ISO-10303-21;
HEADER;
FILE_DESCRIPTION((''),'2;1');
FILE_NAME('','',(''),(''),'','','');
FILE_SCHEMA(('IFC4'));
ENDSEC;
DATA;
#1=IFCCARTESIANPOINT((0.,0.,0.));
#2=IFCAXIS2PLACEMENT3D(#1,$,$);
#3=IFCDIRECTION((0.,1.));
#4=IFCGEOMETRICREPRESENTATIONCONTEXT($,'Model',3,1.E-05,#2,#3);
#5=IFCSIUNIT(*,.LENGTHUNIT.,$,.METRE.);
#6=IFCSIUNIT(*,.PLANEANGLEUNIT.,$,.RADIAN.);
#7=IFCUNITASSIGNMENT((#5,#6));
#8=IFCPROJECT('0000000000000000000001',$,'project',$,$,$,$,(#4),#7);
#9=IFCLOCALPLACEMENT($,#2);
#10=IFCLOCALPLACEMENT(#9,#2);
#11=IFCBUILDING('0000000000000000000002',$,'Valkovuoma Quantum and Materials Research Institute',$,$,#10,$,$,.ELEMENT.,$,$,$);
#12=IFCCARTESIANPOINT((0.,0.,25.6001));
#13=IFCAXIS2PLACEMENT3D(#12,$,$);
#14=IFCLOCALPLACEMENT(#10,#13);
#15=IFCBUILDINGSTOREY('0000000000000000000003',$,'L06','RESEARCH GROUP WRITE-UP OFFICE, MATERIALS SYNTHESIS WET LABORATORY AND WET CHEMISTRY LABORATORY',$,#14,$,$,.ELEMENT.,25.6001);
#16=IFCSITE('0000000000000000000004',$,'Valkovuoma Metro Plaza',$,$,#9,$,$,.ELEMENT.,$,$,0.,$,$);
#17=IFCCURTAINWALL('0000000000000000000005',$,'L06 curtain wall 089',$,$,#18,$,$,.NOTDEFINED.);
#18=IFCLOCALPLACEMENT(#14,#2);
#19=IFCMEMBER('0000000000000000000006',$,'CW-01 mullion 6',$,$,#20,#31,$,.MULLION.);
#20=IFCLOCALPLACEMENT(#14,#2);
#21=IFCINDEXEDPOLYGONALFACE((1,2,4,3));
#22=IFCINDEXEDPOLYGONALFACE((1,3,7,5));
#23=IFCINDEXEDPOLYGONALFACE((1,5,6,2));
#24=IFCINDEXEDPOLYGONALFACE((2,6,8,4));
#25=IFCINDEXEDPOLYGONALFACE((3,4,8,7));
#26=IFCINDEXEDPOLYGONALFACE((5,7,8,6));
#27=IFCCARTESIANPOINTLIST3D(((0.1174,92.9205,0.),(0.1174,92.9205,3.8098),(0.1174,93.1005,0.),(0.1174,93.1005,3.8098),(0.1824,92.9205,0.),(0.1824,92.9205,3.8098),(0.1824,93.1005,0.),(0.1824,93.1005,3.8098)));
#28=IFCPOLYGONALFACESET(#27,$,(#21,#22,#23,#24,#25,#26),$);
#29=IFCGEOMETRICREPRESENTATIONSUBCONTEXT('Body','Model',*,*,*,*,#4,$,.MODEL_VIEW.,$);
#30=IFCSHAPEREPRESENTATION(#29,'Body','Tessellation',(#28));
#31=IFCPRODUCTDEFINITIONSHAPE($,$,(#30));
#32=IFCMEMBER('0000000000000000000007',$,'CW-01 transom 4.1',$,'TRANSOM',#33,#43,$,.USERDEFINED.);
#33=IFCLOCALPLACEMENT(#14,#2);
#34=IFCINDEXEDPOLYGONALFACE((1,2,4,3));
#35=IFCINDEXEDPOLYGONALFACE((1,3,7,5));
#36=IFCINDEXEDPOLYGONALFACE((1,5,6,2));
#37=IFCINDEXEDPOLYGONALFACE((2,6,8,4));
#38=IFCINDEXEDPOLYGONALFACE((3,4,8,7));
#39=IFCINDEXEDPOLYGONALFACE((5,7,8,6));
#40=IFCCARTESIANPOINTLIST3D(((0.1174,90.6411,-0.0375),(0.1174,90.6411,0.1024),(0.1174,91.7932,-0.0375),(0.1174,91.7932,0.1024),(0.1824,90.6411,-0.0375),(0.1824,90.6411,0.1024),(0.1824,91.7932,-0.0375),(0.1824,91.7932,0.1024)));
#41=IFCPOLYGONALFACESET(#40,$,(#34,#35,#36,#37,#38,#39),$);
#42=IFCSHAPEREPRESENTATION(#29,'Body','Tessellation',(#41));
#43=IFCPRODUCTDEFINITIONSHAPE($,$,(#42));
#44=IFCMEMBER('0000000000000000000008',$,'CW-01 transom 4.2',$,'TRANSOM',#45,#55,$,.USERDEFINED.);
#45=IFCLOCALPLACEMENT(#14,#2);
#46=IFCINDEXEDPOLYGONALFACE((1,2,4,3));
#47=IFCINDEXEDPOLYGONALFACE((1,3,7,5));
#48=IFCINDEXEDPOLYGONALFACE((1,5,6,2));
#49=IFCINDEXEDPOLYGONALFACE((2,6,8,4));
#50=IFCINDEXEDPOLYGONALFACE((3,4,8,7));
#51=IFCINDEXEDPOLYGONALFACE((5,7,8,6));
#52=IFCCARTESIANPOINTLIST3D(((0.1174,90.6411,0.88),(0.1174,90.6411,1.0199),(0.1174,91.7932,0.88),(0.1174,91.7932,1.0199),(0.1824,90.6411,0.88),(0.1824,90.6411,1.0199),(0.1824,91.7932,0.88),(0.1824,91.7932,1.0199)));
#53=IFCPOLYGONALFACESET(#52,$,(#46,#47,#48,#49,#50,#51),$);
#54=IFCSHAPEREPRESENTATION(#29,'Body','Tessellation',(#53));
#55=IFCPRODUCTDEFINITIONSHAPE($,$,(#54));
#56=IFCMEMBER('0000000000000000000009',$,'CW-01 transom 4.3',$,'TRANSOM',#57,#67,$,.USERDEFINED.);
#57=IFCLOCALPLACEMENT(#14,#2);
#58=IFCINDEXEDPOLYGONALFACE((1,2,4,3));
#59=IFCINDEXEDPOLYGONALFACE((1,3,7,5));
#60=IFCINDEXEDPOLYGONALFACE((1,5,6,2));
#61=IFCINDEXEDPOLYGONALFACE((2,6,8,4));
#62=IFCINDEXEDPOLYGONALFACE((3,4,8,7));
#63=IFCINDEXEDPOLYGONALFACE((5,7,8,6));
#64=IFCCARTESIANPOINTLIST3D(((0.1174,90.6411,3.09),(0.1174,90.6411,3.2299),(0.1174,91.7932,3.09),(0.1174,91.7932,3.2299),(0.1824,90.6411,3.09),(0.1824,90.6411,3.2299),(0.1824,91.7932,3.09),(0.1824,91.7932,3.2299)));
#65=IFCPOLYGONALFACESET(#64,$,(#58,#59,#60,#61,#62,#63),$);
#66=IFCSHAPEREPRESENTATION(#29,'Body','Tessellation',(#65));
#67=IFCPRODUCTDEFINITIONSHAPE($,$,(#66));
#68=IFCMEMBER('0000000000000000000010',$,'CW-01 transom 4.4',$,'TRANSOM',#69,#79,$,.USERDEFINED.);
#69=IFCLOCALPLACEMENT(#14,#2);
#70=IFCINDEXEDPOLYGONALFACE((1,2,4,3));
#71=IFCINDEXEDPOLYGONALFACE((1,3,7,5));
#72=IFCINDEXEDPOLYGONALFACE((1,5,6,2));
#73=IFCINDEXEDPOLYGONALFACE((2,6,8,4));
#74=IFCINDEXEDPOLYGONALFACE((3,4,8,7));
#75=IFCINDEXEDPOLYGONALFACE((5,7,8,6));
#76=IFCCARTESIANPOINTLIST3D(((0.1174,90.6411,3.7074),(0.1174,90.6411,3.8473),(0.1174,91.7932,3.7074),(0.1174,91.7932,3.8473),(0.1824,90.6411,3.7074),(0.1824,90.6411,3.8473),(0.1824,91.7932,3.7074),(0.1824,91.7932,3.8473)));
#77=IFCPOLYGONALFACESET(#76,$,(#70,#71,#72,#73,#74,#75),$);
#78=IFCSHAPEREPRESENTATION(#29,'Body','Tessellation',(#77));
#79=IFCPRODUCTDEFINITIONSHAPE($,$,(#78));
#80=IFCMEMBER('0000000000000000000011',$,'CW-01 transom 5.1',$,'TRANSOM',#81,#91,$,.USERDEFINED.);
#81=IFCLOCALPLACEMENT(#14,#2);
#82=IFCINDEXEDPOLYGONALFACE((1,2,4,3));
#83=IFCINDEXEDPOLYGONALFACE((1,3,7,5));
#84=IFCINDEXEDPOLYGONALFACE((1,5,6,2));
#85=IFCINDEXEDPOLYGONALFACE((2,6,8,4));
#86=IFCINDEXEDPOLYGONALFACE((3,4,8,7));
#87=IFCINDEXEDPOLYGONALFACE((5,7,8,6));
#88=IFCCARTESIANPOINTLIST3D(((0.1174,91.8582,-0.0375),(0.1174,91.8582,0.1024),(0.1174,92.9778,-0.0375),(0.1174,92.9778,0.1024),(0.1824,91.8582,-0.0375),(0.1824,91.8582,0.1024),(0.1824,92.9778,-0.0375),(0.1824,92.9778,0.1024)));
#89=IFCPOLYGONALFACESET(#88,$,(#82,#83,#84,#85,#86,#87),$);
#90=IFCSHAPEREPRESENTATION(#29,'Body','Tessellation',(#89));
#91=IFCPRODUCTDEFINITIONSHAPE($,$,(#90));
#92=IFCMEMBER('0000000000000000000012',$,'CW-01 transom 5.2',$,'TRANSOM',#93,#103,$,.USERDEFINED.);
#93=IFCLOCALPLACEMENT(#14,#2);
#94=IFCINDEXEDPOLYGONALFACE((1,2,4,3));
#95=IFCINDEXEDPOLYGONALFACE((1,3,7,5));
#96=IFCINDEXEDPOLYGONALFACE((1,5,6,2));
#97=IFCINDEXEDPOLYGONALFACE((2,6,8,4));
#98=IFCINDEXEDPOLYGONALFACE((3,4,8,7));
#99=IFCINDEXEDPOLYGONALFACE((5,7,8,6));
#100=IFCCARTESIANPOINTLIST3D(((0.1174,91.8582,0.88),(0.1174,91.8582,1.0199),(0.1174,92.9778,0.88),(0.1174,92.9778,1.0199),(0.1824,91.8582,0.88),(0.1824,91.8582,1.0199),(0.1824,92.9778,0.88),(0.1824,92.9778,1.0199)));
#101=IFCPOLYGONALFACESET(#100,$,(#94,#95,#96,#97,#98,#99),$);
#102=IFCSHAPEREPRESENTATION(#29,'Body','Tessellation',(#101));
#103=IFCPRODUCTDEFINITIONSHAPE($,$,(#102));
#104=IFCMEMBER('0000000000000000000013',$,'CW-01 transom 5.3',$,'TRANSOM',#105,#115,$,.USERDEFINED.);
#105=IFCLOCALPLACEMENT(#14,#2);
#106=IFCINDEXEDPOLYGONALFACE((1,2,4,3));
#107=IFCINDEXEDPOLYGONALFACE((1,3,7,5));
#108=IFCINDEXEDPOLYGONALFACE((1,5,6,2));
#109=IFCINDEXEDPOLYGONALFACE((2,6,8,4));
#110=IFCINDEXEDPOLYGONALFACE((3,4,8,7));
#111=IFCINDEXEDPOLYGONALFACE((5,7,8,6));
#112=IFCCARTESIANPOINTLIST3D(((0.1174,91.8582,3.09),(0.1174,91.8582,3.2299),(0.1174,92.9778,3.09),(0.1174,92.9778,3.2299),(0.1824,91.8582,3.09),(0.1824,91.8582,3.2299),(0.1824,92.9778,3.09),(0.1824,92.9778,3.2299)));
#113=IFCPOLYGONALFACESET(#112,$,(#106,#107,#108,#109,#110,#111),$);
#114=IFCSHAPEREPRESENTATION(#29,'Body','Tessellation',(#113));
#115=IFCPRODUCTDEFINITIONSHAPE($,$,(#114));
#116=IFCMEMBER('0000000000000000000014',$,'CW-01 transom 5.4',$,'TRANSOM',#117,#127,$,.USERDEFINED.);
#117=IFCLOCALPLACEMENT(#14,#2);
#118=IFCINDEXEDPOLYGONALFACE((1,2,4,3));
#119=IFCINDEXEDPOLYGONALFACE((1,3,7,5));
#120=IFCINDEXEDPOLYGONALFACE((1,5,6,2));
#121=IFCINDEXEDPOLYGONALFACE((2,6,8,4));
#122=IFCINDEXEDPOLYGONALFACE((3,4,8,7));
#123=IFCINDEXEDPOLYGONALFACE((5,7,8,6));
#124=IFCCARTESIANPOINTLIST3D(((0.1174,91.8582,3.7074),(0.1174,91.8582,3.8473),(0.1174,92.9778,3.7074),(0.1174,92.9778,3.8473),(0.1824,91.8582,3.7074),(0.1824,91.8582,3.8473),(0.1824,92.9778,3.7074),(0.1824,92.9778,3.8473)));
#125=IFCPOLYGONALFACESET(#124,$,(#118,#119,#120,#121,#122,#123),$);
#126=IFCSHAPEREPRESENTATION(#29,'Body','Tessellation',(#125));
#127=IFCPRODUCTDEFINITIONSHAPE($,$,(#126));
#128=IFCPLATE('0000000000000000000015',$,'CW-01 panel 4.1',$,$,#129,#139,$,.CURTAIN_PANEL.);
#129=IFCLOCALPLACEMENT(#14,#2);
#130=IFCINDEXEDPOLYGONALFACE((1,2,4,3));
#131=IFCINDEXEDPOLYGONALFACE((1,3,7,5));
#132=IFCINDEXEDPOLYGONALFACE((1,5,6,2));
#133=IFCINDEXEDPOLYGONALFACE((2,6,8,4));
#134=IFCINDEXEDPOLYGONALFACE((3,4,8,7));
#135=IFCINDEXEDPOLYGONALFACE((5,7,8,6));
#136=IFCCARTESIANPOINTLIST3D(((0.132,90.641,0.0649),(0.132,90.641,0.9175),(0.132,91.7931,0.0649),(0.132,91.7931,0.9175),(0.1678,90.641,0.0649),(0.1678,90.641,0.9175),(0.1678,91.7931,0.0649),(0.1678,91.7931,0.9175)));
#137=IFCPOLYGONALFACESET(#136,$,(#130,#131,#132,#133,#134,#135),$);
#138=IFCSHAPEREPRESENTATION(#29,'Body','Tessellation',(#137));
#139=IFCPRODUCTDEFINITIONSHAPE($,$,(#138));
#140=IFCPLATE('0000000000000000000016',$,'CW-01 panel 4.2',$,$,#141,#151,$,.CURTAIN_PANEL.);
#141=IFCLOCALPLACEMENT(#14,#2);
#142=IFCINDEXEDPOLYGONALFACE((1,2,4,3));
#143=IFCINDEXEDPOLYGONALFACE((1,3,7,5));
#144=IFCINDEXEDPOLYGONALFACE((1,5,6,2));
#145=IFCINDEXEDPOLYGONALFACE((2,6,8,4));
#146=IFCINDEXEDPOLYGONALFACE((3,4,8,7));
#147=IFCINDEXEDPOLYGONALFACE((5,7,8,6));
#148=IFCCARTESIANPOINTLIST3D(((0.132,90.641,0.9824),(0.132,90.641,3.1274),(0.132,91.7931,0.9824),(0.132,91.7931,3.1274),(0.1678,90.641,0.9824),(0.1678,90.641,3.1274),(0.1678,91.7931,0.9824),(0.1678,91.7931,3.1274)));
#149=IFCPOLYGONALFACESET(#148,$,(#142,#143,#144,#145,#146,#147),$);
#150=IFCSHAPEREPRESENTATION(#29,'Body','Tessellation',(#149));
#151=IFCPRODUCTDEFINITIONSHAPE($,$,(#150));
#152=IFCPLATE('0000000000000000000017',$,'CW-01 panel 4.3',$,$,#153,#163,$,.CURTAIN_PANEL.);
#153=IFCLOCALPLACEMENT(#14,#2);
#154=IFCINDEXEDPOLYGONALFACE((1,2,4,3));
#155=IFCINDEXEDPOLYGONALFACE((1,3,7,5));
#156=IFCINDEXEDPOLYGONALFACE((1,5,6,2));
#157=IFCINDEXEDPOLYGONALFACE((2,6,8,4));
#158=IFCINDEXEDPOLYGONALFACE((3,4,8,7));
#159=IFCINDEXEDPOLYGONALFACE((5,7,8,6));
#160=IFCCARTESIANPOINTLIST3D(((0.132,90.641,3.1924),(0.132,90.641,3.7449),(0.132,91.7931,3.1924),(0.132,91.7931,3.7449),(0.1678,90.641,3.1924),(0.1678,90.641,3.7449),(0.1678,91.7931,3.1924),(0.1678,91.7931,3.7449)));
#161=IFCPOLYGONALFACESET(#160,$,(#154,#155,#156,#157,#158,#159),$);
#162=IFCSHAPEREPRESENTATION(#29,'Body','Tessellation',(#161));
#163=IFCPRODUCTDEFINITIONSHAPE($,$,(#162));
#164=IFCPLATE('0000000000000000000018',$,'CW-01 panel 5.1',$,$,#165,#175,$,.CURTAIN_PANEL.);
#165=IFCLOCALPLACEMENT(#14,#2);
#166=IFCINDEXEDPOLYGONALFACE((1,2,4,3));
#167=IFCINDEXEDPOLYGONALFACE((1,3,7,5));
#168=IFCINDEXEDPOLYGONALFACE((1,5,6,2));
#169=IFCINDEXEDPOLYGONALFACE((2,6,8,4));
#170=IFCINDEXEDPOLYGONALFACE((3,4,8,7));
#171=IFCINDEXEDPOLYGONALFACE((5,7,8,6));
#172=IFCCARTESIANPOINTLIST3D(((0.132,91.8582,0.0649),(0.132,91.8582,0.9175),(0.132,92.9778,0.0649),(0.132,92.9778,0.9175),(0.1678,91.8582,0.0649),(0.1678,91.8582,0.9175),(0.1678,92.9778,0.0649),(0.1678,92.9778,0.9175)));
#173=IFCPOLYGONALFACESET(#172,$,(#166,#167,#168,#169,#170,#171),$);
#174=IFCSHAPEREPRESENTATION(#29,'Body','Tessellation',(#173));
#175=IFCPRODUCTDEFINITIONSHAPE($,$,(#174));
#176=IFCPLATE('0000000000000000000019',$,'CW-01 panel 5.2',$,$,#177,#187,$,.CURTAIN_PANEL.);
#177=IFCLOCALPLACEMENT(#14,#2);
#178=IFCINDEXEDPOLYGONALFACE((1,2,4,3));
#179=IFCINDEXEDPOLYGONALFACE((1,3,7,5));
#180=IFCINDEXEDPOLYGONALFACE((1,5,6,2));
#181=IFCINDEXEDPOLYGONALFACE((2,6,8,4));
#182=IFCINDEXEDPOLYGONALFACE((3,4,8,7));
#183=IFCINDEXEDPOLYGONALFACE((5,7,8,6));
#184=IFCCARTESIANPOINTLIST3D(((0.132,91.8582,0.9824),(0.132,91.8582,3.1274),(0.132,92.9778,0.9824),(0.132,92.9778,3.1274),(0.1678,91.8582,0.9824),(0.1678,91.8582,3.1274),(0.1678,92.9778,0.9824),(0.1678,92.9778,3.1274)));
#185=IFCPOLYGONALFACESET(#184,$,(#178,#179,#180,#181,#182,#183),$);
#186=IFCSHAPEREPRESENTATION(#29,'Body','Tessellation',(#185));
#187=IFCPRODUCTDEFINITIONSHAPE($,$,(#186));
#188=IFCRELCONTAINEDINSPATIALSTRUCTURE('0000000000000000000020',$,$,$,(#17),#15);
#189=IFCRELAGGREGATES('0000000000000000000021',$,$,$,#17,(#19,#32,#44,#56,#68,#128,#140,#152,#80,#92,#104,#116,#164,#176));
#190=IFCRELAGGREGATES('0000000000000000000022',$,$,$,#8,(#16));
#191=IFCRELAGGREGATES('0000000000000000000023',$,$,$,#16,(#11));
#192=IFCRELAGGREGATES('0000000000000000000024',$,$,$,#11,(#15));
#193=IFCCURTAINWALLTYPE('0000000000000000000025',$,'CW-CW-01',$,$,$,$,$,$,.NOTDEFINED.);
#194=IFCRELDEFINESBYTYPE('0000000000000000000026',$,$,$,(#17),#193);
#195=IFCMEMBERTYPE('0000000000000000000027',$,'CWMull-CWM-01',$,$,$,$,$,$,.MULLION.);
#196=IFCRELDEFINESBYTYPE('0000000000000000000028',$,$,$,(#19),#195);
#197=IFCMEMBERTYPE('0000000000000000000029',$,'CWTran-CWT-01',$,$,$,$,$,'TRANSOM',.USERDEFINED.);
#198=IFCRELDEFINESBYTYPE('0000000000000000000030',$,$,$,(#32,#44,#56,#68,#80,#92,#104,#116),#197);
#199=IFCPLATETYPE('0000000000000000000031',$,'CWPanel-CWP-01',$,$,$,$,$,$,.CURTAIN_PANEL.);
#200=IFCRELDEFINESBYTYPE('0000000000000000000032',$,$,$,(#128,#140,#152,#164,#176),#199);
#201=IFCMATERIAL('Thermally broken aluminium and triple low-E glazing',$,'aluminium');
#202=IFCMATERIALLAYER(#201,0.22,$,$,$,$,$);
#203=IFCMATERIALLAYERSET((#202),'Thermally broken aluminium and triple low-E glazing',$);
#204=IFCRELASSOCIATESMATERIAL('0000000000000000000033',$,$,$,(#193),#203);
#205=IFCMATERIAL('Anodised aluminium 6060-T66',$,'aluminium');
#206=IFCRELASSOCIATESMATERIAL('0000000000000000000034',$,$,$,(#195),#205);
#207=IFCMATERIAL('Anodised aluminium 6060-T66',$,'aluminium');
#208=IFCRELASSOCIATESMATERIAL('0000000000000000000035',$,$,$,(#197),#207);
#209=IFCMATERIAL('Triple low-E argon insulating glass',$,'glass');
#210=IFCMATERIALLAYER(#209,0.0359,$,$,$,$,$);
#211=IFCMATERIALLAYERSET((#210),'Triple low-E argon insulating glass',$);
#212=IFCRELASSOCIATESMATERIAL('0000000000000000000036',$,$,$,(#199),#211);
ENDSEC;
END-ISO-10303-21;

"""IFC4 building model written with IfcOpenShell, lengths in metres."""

from ifc_helpers import new_model, si_unit, direction, frame, origin, origin_2d, place, context, subcontext, project, spatial, rectangle, extrude, material, layer, layer_set, material_profile, profile_set, type_object, element, aggregate, save


model = new_model("IFC4")

# Units and contexts
model_context = context("Model", 3, precision=1e-05, world=origin(), true_north=direction((0.0, 1.0)))
body_context = subcontext(model_context, "Body", "Model", "MODEL_VIEW")
ifc_project = project(units=[si_unit("LENGTHUNIT", "METRE"), si_unit("PLANEANGLEUNIT", "RADIAN")], contexts=[model_context])

# Site, building, storey
site_placement = place(None, origin())
site = spatial("IfcSite", under=ifc_project, at=site_placement, Name="Valkovuoma Metro Plaza", CompositionType="ELEMENT", RefElevation=0.0)
building_placement = place(site_placement, origin())
building = spatial("IfcBuilding", under=site, at=building_placement, Name="Valkovuoma Quantum and Materials Research Institute", CompositionType="ELEMENT")
storey_placement = place(building_placement, frame((0.0, 0.0, 25.6001)))
storey = spatial("IfcBuildingStorey", under=building, at=storey_placement, Name="L06", Description="RESEARCH GROUP WRITE-UP OFFICE, MATERIALS SYNTHESIS WET LABORATORY AND WET CHEMISTRY LABORATORY", CompositionType="ELEMENT", Elevation=25.6001)

# Curtain wall, members, plates
ifc_material_1 = material(Name="Thermally broken aluminium and triple low-E glazing", Category="aluminium")
ifc_layer_1 = layer(ifc_material_1, 0.22)
ifc_layer_set_1 = layer_set([ifc_layer_1], Name="Thermally broken aluminium and triple low-E glazing")
curtain_wall_type = type_object("IfcCurtainWallType", Name="CW-CW-01", PredefinedType="NOTDEFINED", material=ifc_layer_set_1)
curtain_wall_placement = place(storey_placement, origin())
curtain_wall = element("IfcCurtainWall", 1, at=curtain_wall_placement, inside=storey, type_object=curtain_wall_type, Name="L06 curtain wall 089", PredefinedType="NOTDEFINED")
ifc_material_2 = material(Name="Anodised aluminium 6060-T66", Category="aluminium")
ifc_material_profile_1 = material_profile(ifc_material_2, rectangle(XDim=0.0649, YDim=0.1799, at=origin_2d()), Name="Anodised aluminium 6060-T66")
ifc_profile_set_1 = profile_set([ifc_material_profile_1], Name="Anodised aluminium 6060-T66")
member_type_1 = type_object("IfcMemberType", Name="CWMull-CWM-01", PredefinedType="MULLION", material=ifc_profile_set_1)
member_1_placement = place(storey_placement, frame((0.1499, 93.0105, 0.0), z_axis=(0.0, 0.0, 1.0), x_axis=(-1.0, 0.0, 0.0)))
member_1 = element("IfcMember", 2, at=member_1_placement, type_object=member_type_1, Name="CW-01 mullion 6", PredefinedType="MULLION", context=body_context, shape_type="SweptSolid", body=[
    extrude(rectangle(XDim=0.0649, YDim=0.1799, at=origin_2d()), origin(), (0.0, 0.0, 1.0), 3.8098),
])
ifc_material_3 = material(Name="Anodised aluminium 6060-T66", Category="aluminium")
ifc_material_profile_2 = material_profile(ifc_material_3, rectangle(XDim=0.0649, YDim=0.1399, at=origin_2d()), Name="Anodised aluminium 6060-T66")
ifc_profile_set_2 = profile_set([ifc_material_profile_2], Name="Anodised aluminium 6060-T66")
member_type_2 = type_object("IfcMemberType", Name="CWTran-CWT-01", ElementType="TRANSOM", PredefinedType="USERDEFINED", material=ifc_profile_set_2)
member_2_placement = place(storey_placement, frame((0.1499, 90.6411, 0.0325), z_axis=(0.0, 1.0, 0.0), x_axis=(-1.0, 0.0, 0.0)))
member_2 = element("IfcMember", 3, at=member_2_placement, type_object=member_type_2, Name="CW-01 transom 4.1", ObjectType="TRANSOM", PredefinedType="USERDEFINED", context=body_context, shape_type="SweptSolid", body=[
    extrude(rectangle(XDim=0.0649, YDim=0.1399, at=origin_2d()), origin(), (0.0, 0.0, 1.0), 1.1521),
])
member_3_placement = place(storey_placement, frame((0.1499, 90.6411, 0.95), z_axis=(0.0, 1.0, 0.0), x_axis=(-1.0, 0.0, 0.0)))
member_3 = element("IfcMember", 4, at=member_3_placement, type_object=member_type_2, Name="CW-01 transom 4.2", ObjectType="TRANSOM", PredefinedType="USERDEFINED", context=body_context, shape_type="SweptSolid", body=[
    extrude(rectangle(XDim=0.0649, YDim=0.1399, at=origin_2d()), origin(), (0.0, 0.0, 1.0), 1.1521),
])
member_4_placement = place(storey_placement, frame((0.1499, 90.6411, 3.1599), z_axis=(0.0, 1.0, 0.0), x_axis=(-1.0, 0.0, 0.0)))
member_4 = element("IfcMember", 5, at=member_4_placement, type_object=member_type_2, Name="CW-01 transom 4.3", ObjectType="TRANSOM", PredefinedType="USERDEFINED", context=body_context, shape_type="SweptSolid", body=[
    extrude(rectangle(XDim=0.0649, YDim=0.1399, at=origin_2d()), origin(), (0.0, 0.0, 1.0), 1.1521),
])
member_5_placement = place(storey_placement, frame((0.1499, 90.6411, 3.7773), z_axis=(0.0, 1.0, 0.0), x_axis=(-1.0, 0.0, 0.0)))
member_5 = element("IfcMember", 6, at=member_5_placement, type_object=member_type_2, Name="CW-01 transom 4.4", ObjectType="TRANSOM", PredefinedType="USERDEFINED", context=body_context, shape_type="SweptSolid", body=[
    extrude(rectangle(XDim=0.0649, YDim=0.1399, at=origin_2d()), origin(), (0.0, 0.0, 1.0), 1.1521),
])
member_6_placement = place(storey_placement, frame((0.1499, 91.8582, 0.0325), z_axis=(0.0, 1.0, 0.0), x_axis=(-1.0, 0.0, 0.0)))
member_6 = element("IfcMember", 7, at=member_6_placement, type_object=member_type_2, Name="CW-01 transom 5.1", ObjectType="TRANSOM", PredefinedType="USERDEFINED", context=body_context, shape_type="SweptSolid", body=[
    extrude(rectangle(XDim=0.0649, YDim=0.1399, at=origin_2d()), origin(), (0.0, 0.0, 1.0), 1.1196),
])
member_7_placement = place(storey_placement, frame((0.1499, 91.8582, 0.95), z_axis=(0.0, 1.0, 0.0), x_axis=(-1.0, 0.0, 0.0)))
member_7 = element("IfcMember", 8, at=member_7_placement, type_object=member_type_2, Name="CW-01 transom 5.2", ObjectType="TRANSOM", PredefinedType="USERDEFINED", context=body_context, shape_type="SweptSolid", body=[
    extrude(rectangle(XDim=0.0649, YDim=0.1399, at=origin_2d()), origin(), (0.0, 0.0, 1.0), 1.1196),
])
member_8_placement = place(storey_placement, frame((0.1499, 91.8582, 3.1599), z_axis=(0.0, 1.0, 0.0), x_axis=(-1.0, 0.0, 0.0)))
member_8 = element("IfcMember", 9, at=member_8_placement, type_object=member_type_2, Name="CW-01 transom 5.3", ObjectType="TRANSOM", PredefinedType="USERDEFINED", context=body_context, shape_type="SweptSolid", body=[
    extrude(rectangle(XDim=0.0649, YDim=0.1399, at=origin_2d()), origin(), (0.0, 0.0, 1.0), 1.1196),
])
member_9_placement = place(storey_placement, frame((0.1499, 91.8582, 3.7773), z_axis=(0.0, 1.0, 0.0), x_axis=(-1.0, 0.0, 0.0)))
member_9 = element("IfcMember", 10, at=member_9_placement, type_object=member_type_2, Name="CW-01 transom 5.4", ObjectType="TRANSOM", PredefinedType="USERDEFINED", context=body_context, shape_type="SweptSolid", body=[
    extrude(rectangle(XDim=0.0649, YDim=0.1399, at=origin_2d()), origin(), (0.0, 0.0, 1.0), 1.1196),
])
ifc_material_4 = material(Name="Triple low-E argon insulating glass", Category="glass")
ifc_layer_2 = layer(ifc_material_4, 0.0359)
ifc_layer_set_2 = layer_set([ifc_layer_2], Name="Triple low-E argon insulating glass")
plate_type = type_object("IfcPlateType", Name="CWPanel-CWP-01", PredefinedType="CURTAIN_PANEL", material=ifc_layer_set_2)
plate_1_placement = place(storey_placement, frame((0.1499, 91.217, 0.0649), z_axis=(0.0, 0.0, 1.0), x_axis=(0.0, 1.0, 0.0)))
plate_1 = element("IfcPlate", 11, at=plate_1_placement, type_object=plate_type, Name="CW-01 panel 4.1", PredefinedType="CURTAIN_PANEL", context=body_context, shape_type="SweptSolid", body=[
    extrude(rectangle(XDim=1.1521, YDim=0.0359, at=origin_2d()), origin(), (0.0, 0.0, 1.0), 0.8525),
])
plate_2_placement = place(storey_placement, frame((0.1499, 91.217, 0.9824), z_axis=(0.0, 0.0, 1.0), x_axis=(0.0, 1.0, 0.0)))
plate_2 = element("IfcPlate", 12, at=plate_2_placement, type_object=plate_type, Name="CW-01 panel 4.2", PredefinedType="CURTAIN_PANEL", context=body_context, shape_type="SweptSolid", body=[
    extrude(rectangle(XDim=1.1521, YDim=0.0359, at=origin_2d()), origin(), (0.0, 0.0, 1.0), 2.145),
])
plate_3_placement = place(storey_placement, frame((0.1499, 91.217, 3.1924), z_axis=(0.0, 0.0, 1.0), x_axis=(0.0, 1.0, 0.0)))
plate_3 = element("IfcPlate", 13, at=plate_3_placement, type_object=plate_type, Name="CW-01 panel 4.3", PredefinedType="CURTAIN_PANEL", context=body_context, shape_type="SweptSolid", body=[
    extrude(rectangle(XDim=1.1521, YDim=0.0359, at=origin_2d()), origin(), (0.0, 0.0, 1.0), 0.5525),
])
plate_4_placement = place(storey_placement, frame((0.1499, 92.418, 0.0649), z_axis=(0.0, 0.0, 1.0), x_axis=(0.0, 1.0, 0.0)))
plate_4 = element("IfcPlate", 14, at=plate_4_placement, type_object=plate_type, Name="CW-01 panel 5.1", PredefinedType="CURTAIN_PANEL", context=body_context, shape_type="SweptSolid", body=[
    extrude(rectangle(XDim=1.1196, YDim=0.0359, at=origin_2d()), origin(), (0.0, 0.0, 1.0), 0.8525),
])
plate_5_placement = place(storey_placement, frame((0.1499, 92.418, 0.9824), z_axis=(0.0, 0.0, 1.0), x_axis=(0.0, 1.0, 0.0)))
plate_5 = element("IfcPlate", 15, at=plate_5_placement, type_object=plate_type, Name="CW-01 panel 5.2", PredefinedType="CURTAIN_PANEL", context=body_context, shape_type="SweptSolid", body=[
    extrude(rectangle(XDim=1.1196, YDim=0.0359, at=origin_2d()), origin(), (0.0, 0.0, 1.0), 2.145),
])
aggregate(curtain_wall, [member_1, member_2, member_3, member_4, member_5, plate_1, plate_2, plate_3, member_6, member_7, member_8, member_9, plate_4, plate_5])

save(model, "model.ifc")
